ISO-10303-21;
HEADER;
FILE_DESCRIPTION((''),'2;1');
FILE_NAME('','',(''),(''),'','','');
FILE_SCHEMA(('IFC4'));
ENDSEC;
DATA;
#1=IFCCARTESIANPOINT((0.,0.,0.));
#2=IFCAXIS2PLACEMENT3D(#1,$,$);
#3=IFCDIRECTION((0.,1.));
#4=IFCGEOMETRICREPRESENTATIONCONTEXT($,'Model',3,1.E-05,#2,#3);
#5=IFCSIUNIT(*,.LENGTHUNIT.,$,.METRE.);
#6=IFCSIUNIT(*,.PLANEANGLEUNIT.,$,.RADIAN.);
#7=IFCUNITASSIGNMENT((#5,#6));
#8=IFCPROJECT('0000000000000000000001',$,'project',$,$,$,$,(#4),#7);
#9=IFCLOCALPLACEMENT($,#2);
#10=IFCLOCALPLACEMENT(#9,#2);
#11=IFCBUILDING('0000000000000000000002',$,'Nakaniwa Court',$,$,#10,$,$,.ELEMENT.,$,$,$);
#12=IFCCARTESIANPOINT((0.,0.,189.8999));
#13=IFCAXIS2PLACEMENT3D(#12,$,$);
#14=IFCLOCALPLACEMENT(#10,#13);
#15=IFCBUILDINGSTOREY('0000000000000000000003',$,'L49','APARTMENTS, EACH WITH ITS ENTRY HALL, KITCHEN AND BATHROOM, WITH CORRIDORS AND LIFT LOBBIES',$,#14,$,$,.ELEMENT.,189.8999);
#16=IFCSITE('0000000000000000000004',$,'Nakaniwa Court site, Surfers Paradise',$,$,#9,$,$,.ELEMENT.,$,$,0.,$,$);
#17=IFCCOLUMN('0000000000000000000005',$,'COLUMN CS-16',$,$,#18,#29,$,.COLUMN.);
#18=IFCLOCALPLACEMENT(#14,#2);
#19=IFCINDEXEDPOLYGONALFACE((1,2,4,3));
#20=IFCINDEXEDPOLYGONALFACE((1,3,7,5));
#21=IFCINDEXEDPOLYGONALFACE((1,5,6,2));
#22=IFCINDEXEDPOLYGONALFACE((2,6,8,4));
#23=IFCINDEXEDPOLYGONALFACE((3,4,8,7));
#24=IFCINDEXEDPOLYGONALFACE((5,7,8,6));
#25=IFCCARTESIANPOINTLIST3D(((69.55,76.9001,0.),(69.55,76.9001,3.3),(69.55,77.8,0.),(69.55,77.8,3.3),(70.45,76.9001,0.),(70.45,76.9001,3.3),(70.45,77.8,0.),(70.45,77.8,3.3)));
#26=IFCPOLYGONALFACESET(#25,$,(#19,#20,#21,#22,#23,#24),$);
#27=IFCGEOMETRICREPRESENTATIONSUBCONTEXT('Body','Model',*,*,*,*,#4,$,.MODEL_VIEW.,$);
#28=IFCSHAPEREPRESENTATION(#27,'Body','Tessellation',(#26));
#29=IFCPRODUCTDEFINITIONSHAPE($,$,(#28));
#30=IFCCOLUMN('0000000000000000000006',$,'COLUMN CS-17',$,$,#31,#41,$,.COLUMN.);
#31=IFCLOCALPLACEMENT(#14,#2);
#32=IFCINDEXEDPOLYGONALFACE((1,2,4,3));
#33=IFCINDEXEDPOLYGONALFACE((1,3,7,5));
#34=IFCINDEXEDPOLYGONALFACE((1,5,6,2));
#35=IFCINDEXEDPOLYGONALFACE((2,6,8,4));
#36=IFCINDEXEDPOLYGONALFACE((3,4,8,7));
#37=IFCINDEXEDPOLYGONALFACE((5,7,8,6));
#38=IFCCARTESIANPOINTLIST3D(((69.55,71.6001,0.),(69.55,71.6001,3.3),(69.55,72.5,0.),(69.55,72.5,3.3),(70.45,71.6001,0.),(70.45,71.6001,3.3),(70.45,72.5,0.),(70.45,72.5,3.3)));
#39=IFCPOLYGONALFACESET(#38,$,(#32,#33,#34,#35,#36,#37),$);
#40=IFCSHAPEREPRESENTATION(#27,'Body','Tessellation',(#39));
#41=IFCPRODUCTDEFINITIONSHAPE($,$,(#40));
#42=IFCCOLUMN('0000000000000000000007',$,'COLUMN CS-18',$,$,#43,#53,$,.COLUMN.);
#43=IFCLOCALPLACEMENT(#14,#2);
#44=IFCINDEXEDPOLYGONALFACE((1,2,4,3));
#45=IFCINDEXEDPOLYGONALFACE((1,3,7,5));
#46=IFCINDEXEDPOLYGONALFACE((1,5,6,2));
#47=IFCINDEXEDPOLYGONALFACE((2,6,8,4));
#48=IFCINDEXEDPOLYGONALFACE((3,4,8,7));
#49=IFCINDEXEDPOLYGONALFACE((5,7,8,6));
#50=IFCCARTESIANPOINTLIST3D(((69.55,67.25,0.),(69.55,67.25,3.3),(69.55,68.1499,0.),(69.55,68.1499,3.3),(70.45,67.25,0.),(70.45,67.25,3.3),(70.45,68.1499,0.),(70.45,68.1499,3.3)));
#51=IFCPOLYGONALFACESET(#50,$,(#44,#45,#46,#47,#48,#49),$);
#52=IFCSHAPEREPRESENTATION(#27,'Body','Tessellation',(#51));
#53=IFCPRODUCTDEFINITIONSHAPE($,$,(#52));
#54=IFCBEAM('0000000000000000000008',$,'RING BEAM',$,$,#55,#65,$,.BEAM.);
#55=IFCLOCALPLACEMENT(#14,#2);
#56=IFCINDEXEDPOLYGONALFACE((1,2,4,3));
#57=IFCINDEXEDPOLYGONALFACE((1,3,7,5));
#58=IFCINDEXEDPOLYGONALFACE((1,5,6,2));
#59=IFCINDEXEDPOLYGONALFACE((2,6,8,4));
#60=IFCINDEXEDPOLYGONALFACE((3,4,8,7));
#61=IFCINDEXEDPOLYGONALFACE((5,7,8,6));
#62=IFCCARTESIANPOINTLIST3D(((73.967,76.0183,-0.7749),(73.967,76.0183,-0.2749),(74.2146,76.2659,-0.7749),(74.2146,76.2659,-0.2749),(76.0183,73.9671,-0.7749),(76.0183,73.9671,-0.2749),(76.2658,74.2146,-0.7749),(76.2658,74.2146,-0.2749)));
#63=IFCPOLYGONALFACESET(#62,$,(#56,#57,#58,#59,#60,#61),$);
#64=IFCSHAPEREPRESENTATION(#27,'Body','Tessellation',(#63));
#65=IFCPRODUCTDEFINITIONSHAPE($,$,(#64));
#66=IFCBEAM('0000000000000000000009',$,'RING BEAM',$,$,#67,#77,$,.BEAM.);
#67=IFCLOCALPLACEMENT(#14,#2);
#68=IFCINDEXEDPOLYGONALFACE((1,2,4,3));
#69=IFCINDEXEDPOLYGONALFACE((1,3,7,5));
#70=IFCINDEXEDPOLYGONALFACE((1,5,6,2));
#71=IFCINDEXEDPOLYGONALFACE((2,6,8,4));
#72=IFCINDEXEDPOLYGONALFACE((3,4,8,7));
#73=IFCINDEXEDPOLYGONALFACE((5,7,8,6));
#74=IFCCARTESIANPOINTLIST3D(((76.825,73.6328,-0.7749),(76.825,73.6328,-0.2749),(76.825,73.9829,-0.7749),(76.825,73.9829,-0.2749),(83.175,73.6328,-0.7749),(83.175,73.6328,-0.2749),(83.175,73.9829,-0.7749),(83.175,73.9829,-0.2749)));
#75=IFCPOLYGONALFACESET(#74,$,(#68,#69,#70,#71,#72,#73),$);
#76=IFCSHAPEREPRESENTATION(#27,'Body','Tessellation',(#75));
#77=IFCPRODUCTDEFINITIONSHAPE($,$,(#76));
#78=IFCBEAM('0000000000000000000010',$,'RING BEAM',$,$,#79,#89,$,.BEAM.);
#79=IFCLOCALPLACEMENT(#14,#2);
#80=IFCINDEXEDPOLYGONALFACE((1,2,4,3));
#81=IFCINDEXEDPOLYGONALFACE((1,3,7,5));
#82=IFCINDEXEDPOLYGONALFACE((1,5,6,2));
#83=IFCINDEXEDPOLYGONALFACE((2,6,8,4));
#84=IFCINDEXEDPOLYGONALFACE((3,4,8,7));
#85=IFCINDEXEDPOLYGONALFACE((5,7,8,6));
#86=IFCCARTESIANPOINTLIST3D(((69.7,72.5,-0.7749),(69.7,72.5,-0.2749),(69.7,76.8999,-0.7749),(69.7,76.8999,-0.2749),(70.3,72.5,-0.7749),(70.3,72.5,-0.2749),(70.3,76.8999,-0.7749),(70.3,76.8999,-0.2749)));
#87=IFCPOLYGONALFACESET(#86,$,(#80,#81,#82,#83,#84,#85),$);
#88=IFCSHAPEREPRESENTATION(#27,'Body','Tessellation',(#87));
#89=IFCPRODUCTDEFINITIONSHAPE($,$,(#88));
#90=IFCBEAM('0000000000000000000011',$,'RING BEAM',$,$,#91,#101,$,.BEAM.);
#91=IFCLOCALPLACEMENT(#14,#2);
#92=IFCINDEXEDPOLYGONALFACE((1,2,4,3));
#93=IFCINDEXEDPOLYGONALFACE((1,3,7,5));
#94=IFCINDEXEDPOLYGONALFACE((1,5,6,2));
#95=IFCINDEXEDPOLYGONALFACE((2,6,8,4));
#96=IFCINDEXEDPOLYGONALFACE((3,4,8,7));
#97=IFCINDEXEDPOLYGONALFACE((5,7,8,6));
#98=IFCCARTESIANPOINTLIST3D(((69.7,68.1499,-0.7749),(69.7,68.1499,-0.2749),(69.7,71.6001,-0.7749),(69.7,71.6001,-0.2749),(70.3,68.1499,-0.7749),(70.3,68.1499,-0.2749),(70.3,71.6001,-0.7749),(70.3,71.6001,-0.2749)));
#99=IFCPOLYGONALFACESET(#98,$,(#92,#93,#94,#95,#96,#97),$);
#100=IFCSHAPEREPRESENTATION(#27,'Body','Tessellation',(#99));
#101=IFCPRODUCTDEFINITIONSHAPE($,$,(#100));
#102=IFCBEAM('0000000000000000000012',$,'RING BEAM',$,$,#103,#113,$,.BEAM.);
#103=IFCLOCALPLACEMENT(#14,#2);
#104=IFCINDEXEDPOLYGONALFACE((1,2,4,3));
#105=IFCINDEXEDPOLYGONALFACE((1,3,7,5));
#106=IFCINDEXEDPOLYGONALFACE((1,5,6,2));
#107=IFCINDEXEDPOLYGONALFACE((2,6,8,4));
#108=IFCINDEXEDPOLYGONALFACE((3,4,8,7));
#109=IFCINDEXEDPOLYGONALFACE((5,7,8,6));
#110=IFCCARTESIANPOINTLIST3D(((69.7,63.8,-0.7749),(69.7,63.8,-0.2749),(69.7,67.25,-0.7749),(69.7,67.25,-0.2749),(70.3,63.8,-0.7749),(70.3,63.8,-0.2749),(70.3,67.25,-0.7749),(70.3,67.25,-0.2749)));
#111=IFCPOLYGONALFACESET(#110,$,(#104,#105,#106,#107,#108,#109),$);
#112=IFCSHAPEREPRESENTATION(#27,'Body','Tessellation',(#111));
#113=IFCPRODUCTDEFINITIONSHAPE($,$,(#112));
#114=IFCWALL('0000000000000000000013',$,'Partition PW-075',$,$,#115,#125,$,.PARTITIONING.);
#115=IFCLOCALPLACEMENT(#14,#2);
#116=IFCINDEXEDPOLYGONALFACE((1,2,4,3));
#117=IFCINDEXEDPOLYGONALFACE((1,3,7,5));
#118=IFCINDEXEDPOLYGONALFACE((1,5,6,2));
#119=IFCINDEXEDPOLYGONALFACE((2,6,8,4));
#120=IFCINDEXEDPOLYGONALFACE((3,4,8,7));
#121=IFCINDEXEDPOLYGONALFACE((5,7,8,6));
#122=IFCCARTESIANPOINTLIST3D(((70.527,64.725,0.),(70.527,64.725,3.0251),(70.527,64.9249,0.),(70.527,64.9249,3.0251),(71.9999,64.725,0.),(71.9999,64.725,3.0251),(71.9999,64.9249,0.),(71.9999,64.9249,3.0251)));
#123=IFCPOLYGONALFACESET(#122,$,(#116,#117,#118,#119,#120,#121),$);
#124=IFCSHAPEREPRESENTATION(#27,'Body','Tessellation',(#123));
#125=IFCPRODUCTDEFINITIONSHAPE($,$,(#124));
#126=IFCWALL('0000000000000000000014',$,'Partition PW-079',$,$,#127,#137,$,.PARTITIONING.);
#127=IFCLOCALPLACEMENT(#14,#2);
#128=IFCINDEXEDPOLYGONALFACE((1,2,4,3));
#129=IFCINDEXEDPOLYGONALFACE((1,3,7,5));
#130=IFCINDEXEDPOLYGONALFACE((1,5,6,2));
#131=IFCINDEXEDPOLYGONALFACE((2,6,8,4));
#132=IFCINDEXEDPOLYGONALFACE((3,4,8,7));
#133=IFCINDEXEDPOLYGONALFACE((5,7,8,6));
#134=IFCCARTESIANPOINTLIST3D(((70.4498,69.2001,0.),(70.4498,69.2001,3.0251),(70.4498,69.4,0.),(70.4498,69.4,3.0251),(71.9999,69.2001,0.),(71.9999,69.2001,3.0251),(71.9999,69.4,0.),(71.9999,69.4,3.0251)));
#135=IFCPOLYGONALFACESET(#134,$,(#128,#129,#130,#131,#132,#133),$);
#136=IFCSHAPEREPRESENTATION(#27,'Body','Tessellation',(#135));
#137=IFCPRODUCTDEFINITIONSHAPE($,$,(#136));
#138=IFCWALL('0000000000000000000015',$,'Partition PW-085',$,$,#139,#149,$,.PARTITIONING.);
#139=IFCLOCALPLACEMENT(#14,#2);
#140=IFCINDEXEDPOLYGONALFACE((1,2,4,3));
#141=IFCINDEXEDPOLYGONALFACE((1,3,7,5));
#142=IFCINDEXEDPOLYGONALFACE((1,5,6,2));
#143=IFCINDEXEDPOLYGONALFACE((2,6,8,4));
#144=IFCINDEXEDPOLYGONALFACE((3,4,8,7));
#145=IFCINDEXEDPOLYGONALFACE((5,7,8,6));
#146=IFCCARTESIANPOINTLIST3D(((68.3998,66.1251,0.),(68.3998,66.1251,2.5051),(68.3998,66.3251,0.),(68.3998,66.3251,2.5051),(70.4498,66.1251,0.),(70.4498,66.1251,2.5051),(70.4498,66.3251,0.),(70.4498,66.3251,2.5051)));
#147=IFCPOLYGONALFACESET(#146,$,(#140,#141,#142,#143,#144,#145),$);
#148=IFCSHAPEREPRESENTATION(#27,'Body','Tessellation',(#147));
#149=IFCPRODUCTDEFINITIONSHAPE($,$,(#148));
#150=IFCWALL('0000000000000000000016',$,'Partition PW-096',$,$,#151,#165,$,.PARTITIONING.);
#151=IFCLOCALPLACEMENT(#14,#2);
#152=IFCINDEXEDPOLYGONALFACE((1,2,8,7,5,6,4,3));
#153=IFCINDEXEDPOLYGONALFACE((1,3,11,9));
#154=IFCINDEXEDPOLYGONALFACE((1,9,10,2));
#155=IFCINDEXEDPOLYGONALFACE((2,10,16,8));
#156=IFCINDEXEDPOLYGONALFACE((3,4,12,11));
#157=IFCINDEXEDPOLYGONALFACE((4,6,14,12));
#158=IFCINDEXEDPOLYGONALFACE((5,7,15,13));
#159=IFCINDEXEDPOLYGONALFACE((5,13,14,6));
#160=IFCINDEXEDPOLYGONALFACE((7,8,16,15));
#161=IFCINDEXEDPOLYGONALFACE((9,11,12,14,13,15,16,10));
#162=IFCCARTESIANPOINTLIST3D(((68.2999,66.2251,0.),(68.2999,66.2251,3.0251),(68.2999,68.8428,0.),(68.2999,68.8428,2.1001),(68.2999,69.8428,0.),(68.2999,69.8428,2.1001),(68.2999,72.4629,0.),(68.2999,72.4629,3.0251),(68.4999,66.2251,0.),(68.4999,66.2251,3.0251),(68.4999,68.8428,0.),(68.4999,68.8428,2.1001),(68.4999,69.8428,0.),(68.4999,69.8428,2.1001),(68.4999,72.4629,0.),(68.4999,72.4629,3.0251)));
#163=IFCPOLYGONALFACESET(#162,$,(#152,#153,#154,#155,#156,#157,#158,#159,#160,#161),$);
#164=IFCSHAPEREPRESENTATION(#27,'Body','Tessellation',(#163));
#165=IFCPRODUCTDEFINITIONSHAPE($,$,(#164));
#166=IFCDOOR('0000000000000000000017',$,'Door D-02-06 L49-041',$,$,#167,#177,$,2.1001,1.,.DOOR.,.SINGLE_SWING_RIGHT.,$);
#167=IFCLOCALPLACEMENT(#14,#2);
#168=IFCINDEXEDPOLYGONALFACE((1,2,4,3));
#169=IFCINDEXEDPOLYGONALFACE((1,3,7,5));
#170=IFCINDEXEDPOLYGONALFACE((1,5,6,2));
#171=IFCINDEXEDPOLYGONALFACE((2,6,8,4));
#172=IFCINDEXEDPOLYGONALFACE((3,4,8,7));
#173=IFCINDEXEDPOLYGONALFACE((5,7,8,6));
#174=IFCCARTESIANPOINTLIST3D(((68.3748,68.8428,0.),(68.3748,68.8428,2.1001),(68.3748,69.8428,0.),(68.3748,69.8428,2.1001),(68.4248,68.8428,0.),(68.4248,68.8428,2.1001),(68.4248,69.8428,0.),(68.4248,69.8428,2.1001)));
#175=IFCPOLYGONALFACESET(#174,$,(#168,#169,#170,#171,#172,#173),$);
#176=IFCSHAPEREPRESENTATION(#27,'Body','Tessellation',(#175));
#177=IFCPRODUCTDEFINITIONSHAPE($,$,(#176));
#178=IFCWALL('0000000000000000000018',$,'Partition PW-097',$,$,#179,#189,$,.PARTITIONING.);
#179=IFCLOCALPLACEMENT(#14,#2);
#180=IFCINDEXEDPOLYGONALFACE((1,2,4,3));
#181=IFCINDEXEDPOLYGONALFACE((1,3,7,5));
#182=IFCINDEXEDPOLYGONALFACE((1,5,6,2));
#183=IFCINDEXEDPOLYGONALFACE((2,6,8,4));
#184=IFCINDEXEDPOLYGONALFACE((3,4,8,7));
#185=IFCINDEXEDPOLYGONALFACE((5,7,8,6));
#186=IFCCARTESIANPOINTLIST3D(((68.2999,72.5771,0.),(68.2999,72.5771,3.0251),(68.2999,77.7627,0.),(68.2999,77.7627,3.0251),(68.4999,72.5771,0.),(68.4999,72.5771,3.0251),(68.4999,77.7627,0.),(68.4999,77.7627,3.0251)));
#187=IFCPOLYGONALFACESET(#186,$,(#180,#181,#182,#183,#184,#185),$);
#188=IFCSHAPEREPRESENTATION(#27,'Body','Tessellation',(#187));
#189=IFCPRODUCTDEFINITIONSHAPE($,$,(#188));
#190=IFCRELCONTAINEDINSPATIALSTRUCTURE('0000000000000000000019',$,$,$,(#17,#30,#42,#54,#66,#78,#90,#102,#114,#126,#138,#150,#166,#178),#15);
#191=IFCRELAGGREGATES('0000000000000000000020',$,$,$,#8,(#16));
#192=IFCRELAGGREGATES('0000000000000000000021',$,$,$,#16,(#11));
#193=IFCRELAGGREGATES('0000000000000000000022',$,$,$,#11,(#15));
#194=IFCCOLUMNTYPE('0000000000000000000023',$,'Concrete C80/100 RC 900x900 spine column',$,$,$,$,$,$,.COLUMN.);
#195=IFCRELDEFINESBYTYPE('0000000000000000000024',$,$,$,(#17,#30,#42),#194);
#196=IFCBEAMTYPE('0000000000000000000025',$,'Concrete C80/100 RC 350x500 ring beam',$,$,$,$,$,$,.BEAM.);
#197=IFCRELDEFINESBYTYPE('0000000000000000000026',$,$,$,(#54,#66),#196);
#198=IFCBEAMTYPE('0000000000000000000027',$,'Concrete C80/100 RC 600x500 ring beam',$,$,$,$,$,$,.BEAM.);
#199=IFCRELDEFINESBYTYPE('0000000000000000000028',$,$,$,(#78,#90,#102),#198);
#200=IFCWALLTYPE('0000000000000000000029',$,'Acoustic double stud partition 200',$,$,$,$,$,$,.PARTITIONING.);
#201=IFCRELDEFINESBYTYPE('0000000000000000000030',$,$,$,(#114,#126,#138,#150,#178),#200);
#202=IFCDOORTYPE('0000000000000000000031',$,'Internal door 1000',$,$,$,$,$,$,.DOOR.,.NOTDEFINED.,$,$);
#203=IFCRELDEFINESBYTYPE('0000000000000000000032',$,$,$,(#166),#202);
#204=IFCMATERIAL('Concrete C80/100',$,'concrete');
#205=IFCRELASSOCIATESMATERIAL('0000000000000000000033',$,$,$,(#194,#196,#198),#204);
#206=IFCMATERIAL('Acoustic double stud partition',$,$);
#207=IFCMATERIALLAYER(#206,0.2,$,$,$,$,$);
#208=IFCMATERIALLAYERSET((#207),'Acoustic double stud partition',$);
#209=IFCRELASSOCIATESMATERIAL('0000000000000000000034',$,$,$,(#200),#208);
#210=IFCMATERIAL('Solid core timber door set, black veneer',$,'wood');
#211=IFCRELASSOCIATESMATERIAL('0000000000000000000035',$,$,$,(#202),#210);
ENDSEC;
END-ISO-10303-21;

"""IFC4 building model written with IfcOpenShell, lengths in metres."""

from ifc_helpers import new_model, si_unit, direction, frame, frame_2d, origin, origin_2d, place, context, subcontext, project, spatial, rectangle, extrude, material, layer, layer_set, material_profile, profile_set, type_object, element, fill, save


model = new_model("IFC4")

# Units and contexts
model_context = context("Model", 3, precision=1e-05, world=origin(), true_north=direction((0.0, 1.0)))
body_context = subcontext(model_context, "Body", "Model", "MODEL_VIEW")
ifc_project = project(units=[si_unit("LENGTHUNIT", "METRE"), si_unit("PLANEANGLEUNIT", "RADIAN")], contexts=[model_context])

# Site, building, storey
site_placement = place(None, origin())
site = spatial("IfcSite", under=ifc_project, at=site_placement, Name="Nakaniwa Court site, Surfers Paradise", CompositionType="ELEMENT", RefElevation=0.0)
building_placement = place(site_placement, origin())
building = spatial("IfcBuilding", under=site, at=building_placement, Name="Nakaniwa Court", CompositionType="ELEMENT")
storey_placement = place(building_placement, frame((0.0, 0.0, 189.8999)))
storey = spatial("IfcBuildingStorey", under=building, at=storey_placement, Name="L49", Description="APARTMENTS, EACH WITH ITS ENTRY HALL, KITCHEN AND BATHROOM, WITH CORRIDORS AND LIFT LOBBIES", CompositionType="ELEMENT", Elevation=189.8999)

# Columns
ifc_material_1 = material(Name="Concrete C80/100", Category="concrete")
ifc_material_profile_1 = material_profile(ifc_material_1, rectangle(XDim=0.8999, YDim=0.8999, at=origin_2d()), Name="Concrete C80/100 RC 900x900 spine column")
ifc_profile_set_1 = profile_set([ifc_material_profile_1], Name="Concrete C80/100")
column_type_1 = type_object("IfcColumnType", Name="Concrete C80/100 RC 900x900 spine column", PredefinedType="COLUMN", material=ifc_profile_set_1)
for number, where, z_axis, x_axis, name in (
    (1, (70.0, 77.3501, 0.0), (0.0, 0.0, 1.0), (0.0, -1.0, 0.0), "COLUMN CS-16"),
    (2, (70.0, 72.05, 0.0), (0.0, 0.0, 1.0), (0.0, -1.0, 0.0), "COLUMN CS-17"),
    (3, (70.0, 67.7, 0.0), (0.0, 0.0, 1.0), (0.0, -1.0, 0.0), "COLUMN CS-18"),
):
    element("IfcColumn", number, at=place(storey_placement, frame(where, z_axis=z_axis, x_axis=x_axis)), inside=storey, type_object=column_type_1, Name=name, PredefinedType="COLUMN", context=body_context, shape_type="SweptSolid", body=[
        extrude(rectangle(XDim=0.8999, YDim=0.8999, at=origin_2d()), origin(), (0.0, 0.0, 1.0), 3.3),
    ])

# Beams
ifc_material_profile_2 = material_profile(ifc_material_1, rectangle(XDim=0.3501, YDim=0.5, at=origin_2d()), Name="Concrete C80/100 RC 350x500 ring beam")
ifc_profile_set_2 = profile_set([ifc_material_profile_2], Name="Concrete C80/100")
beam_type_1 = type_object("IfcBeamType", Name="Concrete C80/100 RC 350x500 ring beam", PredefinedType="BEAM", material=ifc_profile_set_2)
beam_1_placement = place(storey_placement, frame((74.0908, 76.1421, -0.5249), z_axis=(0.707107, -0.707107, 0.0), x_axis=(0.707107, 0.707107, 0.0)))
element("IfcBeam", 4, at=beam_1_placement, inside=storey, type_object=beam_type_1, Name="RING BEAM", PredefinedType="BEAM", context=body_context, shape_type="SweptSolid", body=[
    extrude(rectangle(XDim=0.3501, YDim=0.5, at=origin_2d()), origin(), (0.0, 0.0, 1.0), 2.9009),
])
beam_2_placement = place(storey_placement, frame((76.825, 73.8079, -0.5249), z_axis=(1.0, 0.0, 0.0), x_axis=(0.0, 1.0, 0.0)))
element("IfcBeam", 5, at=beam_2_placement, inside=storey, type_object=beam_type_1, Name="RING BEAM", PredefinedType="BEAM", context=body_context, shape_type="SweptSolid", body=[
    extrude(rectangle(XDim=0.3501, YDim=0.5, at=origin_2d()), origin(), (0.0, 0.0, 1.0), 6.3501),
])
ifc_material_profile_3 = material_profile(ifc_material_1, rectangle(XDim=0.6001, YDim=0.5, at=origin_2d()), Name="Concrete C80/100 RC 600x500 ring beam")
ifc_profile_set_3 = profile_set([ifc_material_profile_3], Name="Concrete C80/100")
beam_type_2 = type_object("IfcBeamType", Name="Concrete C80/100 RC 600x500 ring beam", PredefinedType="BEAM", material=ifc_profile_set_3)
beam_3_placement = place(storey_placement, frame((70.0, 76.8999, -0.5249), z_axis=(0.0, -1.0, 0.0), x_axis=(1.0, 0.0, 0.0)))
element("IfcBeam", 6, at=beam_3_placement, inside=storey, type_object=beam_type_2, Name="RING BEAM", PredefinedType="BEAM", context=body_context, shape_type="SweptSolid", body=[
    extrude(rectangle(XDim=0.6001, YDim=0.5, at=origin_2d()), origin(), (0.0, 0.0, 1.0), 4.3999),
])
beam_4_placement = place(storey_placement, frame((70.0, 71.6001, -0.5249), z_axis=(0.0, -1.0, 0.0), x_axis=(1.0, 0.0, 0.0)))
element("IfcBeam", 7, at=beam_4_placement, inside=storey, type_object=beam_type_2, Name="RING BEAM", PredefinedType="BEAM", context=body_context, shape_type="SweptSolid", body=[
    extrude(rectangle(XDim=0.6001, YDim=0.5, at=origin_2d()), origin(), (0.0, 0.0, 1.0), 3.4502),
])
beam_5_placement = place(storey_placement, frame((70.0, 67.25, -0.5249), z_axis=(0.0, -1.0, 0.0), x_axis=(1.0, 0.0, 0.0)))
element("IfcBeam", 8, at=beam_5_placement, inside=storey, type_object=beam_type_2, Name="RING BEAM", PredefinedType="BEAM", context=body_context, shape_type="SweptSolid", body=[
    extrude(rectangle(XDim=0.6001, YDim=0.5, at=origin_2d()), origin(), (0.0, 0.0, 1.0), 3.45),
])

# Walls
ifc_material_2 = material(Name="Acoustic double stud partition")
ifc_layer_1 = layer(ifc_material_2, 0.2)
ifc_layer_set_1 = layer_set([ifc_layer_1], Name="Acoustic double stud partition")
wall_type_1 = type_object("IfcWallType", Name="Acoustic double stud partition 200", PredefinedType="PARTITIONING", material=ifc_layer_set_1)
wall_1_placement = place(storey_placement, frame((70.5271, 64.825, 0.0), z_axis=(0.0, 0.0, 1.0), x_axis=(1.0, 0.0, 0.0)))
element("IfcWall", 9, at=wall_1_placement, inside=storey, type_object=wall_type_1, Name="Partition PW-075", PredefinedType="PARTITIONING", context=body_context, shape_type="SweptSolid", body=[
    extrude(rectangle(XDim=1.4729, YDim=0.2, at=frame_2d((0.7363, 0.0))), origin(), (0.0, 0.0, 1.0), 3.0251),
])
wall_2_placement = place(storey_placement, frame((70.45, 69.3, 0.0), z_axis=(0.0, 0.0, 1.0), x_axis=(1.0, 0.0, 0.0)))
element("IfcWall", 10, at=wall_2_placement, inside=storey, type_object=wall_type_1, Name="Partition PW-079", PredefinedType="PARTITIONING", context=body_context, shape_type="SweptSolid", body=[
    extrude(rectangle(XDim=1.55, YDim=0.2, at=frame_2d((0.7749, 0.0))), origin(), (0.0, 0.0, 1.0), 3.0251),
])
wall_3_placement = place(storey_placement, frame((68.3999, 66.2251, 0.0), z_axis=(0.0, 0.0, 1.0), x_axis=(1.0, 0.0, 0.0)))
element("IfcWall", 11, at=wall_3_placement, inside=storey, type_object=wall_type_1, Name="Partition PW-085", PredefinedType="PARTITIONING", context=body_context, shape_type="SweptSolid", body=[
    extrude(rectangle(XDim=2.05, YDim=0.2, at=frame_2d((1.0249, 0.0))), origin(), (0.0, 0.0, 1.0), 2.5051),
])

# Wall, opening, door
wall_4_placement = place(storey_placement, frame((68.3999, 72.4629, 0.0), z_axis=(0.0, 0.0, 1.0), x_axis=(0.0, -1.0, 0.0)))
wall_4 = element("IfcWall", 12, at=wall_4_placement, inside=storey, type_object=wall_type_1, Name="Partition PW-096", PredefinedType="PARTITIONING", context=body_context, shape_type="SweptSolid", body=[
    extrude(rectangle(XDim=6.2378, YDim=0.2, at=frame_2d((3.1189, 0.0))), origin(), (0.0, 0.0, 1.0), 3.0251),
])
opening_1_placement = place(wall_4_placement, frame((2.6201, 0.0, 0.0)))
opening_1 = element("IfcOpeningElement", 13, at=opening_1_placement, cuts=wall_4, PredefinedType="OPENING", context=body_context, shape_type="SweptSolid", body=[
    extrude(rectangle(XDim=1.0, YDim=2.1001, at=frame_2d((0.5, 1.05))), frame((0.0, 0.1099, 0.0), z_axis=(0.0, -1.0, 0.0), x_axis=(1.0, 0.0, 0.0)), (0.0, 0.0, 1.0), 0.22),
])
ifc_material_3 = material(Name="Solid core timber door set, black veneer", Category="wood")
door_type_1 = type_object("IfcDoorType", Name="Internal door 1000", OperationType="NOTDEFINED", PredefinedType="DOOR", material=ifc_material_3)
door_1_placement = place(opening_1_placement, origin())
door_1 = element("IfcDoor", 14, at=door_1_placement, inside=storey, type_object=door_type_1, Name="Door D-02-06 L49-041", OperationType="SINGLE_SWING_RIGHT", OverallHeight=2.1001, OverallWidth=1.0, PredefinedType="DOOR", context=body_context, shape_type="SweptSolid", body=[
    extrude(rectangle(XDim=1.0, YDim=2.1001, at=frame_2d((0.5, 1.05))), frame((0.0, 0.0249, 0.0), z_axis=(0.0, -1.0, 0.0), x_axis=(1.0, 0.0, 0.0)), (0.0, 0.0, 1.0), 0.05),
])
fill(opening_1, door_1)

# Wall
wall_5_placement = place(storey_placement, frame((68.3999, 72.5771, 0.0), z_axis=(0.0, 0.0, 1.0), x_axis=(0.0, 1.0, 0.0)))
element("IfcWall", 15, at=wall_5_placement, inside=storey, type_object=wall_type_1, Name="Partition PW-097", PredefinedType="PARTITIONING", context=body_context, shape_type="SweptSolid", body=[
    extrude(rectangle(XDim=5.1855, YDim=0.2, at=frame_2d((2.5928, 0.0))), origin(), (0.0, 0.0, 1.0), 3.0251),
])

save(model, "model.ifc")
